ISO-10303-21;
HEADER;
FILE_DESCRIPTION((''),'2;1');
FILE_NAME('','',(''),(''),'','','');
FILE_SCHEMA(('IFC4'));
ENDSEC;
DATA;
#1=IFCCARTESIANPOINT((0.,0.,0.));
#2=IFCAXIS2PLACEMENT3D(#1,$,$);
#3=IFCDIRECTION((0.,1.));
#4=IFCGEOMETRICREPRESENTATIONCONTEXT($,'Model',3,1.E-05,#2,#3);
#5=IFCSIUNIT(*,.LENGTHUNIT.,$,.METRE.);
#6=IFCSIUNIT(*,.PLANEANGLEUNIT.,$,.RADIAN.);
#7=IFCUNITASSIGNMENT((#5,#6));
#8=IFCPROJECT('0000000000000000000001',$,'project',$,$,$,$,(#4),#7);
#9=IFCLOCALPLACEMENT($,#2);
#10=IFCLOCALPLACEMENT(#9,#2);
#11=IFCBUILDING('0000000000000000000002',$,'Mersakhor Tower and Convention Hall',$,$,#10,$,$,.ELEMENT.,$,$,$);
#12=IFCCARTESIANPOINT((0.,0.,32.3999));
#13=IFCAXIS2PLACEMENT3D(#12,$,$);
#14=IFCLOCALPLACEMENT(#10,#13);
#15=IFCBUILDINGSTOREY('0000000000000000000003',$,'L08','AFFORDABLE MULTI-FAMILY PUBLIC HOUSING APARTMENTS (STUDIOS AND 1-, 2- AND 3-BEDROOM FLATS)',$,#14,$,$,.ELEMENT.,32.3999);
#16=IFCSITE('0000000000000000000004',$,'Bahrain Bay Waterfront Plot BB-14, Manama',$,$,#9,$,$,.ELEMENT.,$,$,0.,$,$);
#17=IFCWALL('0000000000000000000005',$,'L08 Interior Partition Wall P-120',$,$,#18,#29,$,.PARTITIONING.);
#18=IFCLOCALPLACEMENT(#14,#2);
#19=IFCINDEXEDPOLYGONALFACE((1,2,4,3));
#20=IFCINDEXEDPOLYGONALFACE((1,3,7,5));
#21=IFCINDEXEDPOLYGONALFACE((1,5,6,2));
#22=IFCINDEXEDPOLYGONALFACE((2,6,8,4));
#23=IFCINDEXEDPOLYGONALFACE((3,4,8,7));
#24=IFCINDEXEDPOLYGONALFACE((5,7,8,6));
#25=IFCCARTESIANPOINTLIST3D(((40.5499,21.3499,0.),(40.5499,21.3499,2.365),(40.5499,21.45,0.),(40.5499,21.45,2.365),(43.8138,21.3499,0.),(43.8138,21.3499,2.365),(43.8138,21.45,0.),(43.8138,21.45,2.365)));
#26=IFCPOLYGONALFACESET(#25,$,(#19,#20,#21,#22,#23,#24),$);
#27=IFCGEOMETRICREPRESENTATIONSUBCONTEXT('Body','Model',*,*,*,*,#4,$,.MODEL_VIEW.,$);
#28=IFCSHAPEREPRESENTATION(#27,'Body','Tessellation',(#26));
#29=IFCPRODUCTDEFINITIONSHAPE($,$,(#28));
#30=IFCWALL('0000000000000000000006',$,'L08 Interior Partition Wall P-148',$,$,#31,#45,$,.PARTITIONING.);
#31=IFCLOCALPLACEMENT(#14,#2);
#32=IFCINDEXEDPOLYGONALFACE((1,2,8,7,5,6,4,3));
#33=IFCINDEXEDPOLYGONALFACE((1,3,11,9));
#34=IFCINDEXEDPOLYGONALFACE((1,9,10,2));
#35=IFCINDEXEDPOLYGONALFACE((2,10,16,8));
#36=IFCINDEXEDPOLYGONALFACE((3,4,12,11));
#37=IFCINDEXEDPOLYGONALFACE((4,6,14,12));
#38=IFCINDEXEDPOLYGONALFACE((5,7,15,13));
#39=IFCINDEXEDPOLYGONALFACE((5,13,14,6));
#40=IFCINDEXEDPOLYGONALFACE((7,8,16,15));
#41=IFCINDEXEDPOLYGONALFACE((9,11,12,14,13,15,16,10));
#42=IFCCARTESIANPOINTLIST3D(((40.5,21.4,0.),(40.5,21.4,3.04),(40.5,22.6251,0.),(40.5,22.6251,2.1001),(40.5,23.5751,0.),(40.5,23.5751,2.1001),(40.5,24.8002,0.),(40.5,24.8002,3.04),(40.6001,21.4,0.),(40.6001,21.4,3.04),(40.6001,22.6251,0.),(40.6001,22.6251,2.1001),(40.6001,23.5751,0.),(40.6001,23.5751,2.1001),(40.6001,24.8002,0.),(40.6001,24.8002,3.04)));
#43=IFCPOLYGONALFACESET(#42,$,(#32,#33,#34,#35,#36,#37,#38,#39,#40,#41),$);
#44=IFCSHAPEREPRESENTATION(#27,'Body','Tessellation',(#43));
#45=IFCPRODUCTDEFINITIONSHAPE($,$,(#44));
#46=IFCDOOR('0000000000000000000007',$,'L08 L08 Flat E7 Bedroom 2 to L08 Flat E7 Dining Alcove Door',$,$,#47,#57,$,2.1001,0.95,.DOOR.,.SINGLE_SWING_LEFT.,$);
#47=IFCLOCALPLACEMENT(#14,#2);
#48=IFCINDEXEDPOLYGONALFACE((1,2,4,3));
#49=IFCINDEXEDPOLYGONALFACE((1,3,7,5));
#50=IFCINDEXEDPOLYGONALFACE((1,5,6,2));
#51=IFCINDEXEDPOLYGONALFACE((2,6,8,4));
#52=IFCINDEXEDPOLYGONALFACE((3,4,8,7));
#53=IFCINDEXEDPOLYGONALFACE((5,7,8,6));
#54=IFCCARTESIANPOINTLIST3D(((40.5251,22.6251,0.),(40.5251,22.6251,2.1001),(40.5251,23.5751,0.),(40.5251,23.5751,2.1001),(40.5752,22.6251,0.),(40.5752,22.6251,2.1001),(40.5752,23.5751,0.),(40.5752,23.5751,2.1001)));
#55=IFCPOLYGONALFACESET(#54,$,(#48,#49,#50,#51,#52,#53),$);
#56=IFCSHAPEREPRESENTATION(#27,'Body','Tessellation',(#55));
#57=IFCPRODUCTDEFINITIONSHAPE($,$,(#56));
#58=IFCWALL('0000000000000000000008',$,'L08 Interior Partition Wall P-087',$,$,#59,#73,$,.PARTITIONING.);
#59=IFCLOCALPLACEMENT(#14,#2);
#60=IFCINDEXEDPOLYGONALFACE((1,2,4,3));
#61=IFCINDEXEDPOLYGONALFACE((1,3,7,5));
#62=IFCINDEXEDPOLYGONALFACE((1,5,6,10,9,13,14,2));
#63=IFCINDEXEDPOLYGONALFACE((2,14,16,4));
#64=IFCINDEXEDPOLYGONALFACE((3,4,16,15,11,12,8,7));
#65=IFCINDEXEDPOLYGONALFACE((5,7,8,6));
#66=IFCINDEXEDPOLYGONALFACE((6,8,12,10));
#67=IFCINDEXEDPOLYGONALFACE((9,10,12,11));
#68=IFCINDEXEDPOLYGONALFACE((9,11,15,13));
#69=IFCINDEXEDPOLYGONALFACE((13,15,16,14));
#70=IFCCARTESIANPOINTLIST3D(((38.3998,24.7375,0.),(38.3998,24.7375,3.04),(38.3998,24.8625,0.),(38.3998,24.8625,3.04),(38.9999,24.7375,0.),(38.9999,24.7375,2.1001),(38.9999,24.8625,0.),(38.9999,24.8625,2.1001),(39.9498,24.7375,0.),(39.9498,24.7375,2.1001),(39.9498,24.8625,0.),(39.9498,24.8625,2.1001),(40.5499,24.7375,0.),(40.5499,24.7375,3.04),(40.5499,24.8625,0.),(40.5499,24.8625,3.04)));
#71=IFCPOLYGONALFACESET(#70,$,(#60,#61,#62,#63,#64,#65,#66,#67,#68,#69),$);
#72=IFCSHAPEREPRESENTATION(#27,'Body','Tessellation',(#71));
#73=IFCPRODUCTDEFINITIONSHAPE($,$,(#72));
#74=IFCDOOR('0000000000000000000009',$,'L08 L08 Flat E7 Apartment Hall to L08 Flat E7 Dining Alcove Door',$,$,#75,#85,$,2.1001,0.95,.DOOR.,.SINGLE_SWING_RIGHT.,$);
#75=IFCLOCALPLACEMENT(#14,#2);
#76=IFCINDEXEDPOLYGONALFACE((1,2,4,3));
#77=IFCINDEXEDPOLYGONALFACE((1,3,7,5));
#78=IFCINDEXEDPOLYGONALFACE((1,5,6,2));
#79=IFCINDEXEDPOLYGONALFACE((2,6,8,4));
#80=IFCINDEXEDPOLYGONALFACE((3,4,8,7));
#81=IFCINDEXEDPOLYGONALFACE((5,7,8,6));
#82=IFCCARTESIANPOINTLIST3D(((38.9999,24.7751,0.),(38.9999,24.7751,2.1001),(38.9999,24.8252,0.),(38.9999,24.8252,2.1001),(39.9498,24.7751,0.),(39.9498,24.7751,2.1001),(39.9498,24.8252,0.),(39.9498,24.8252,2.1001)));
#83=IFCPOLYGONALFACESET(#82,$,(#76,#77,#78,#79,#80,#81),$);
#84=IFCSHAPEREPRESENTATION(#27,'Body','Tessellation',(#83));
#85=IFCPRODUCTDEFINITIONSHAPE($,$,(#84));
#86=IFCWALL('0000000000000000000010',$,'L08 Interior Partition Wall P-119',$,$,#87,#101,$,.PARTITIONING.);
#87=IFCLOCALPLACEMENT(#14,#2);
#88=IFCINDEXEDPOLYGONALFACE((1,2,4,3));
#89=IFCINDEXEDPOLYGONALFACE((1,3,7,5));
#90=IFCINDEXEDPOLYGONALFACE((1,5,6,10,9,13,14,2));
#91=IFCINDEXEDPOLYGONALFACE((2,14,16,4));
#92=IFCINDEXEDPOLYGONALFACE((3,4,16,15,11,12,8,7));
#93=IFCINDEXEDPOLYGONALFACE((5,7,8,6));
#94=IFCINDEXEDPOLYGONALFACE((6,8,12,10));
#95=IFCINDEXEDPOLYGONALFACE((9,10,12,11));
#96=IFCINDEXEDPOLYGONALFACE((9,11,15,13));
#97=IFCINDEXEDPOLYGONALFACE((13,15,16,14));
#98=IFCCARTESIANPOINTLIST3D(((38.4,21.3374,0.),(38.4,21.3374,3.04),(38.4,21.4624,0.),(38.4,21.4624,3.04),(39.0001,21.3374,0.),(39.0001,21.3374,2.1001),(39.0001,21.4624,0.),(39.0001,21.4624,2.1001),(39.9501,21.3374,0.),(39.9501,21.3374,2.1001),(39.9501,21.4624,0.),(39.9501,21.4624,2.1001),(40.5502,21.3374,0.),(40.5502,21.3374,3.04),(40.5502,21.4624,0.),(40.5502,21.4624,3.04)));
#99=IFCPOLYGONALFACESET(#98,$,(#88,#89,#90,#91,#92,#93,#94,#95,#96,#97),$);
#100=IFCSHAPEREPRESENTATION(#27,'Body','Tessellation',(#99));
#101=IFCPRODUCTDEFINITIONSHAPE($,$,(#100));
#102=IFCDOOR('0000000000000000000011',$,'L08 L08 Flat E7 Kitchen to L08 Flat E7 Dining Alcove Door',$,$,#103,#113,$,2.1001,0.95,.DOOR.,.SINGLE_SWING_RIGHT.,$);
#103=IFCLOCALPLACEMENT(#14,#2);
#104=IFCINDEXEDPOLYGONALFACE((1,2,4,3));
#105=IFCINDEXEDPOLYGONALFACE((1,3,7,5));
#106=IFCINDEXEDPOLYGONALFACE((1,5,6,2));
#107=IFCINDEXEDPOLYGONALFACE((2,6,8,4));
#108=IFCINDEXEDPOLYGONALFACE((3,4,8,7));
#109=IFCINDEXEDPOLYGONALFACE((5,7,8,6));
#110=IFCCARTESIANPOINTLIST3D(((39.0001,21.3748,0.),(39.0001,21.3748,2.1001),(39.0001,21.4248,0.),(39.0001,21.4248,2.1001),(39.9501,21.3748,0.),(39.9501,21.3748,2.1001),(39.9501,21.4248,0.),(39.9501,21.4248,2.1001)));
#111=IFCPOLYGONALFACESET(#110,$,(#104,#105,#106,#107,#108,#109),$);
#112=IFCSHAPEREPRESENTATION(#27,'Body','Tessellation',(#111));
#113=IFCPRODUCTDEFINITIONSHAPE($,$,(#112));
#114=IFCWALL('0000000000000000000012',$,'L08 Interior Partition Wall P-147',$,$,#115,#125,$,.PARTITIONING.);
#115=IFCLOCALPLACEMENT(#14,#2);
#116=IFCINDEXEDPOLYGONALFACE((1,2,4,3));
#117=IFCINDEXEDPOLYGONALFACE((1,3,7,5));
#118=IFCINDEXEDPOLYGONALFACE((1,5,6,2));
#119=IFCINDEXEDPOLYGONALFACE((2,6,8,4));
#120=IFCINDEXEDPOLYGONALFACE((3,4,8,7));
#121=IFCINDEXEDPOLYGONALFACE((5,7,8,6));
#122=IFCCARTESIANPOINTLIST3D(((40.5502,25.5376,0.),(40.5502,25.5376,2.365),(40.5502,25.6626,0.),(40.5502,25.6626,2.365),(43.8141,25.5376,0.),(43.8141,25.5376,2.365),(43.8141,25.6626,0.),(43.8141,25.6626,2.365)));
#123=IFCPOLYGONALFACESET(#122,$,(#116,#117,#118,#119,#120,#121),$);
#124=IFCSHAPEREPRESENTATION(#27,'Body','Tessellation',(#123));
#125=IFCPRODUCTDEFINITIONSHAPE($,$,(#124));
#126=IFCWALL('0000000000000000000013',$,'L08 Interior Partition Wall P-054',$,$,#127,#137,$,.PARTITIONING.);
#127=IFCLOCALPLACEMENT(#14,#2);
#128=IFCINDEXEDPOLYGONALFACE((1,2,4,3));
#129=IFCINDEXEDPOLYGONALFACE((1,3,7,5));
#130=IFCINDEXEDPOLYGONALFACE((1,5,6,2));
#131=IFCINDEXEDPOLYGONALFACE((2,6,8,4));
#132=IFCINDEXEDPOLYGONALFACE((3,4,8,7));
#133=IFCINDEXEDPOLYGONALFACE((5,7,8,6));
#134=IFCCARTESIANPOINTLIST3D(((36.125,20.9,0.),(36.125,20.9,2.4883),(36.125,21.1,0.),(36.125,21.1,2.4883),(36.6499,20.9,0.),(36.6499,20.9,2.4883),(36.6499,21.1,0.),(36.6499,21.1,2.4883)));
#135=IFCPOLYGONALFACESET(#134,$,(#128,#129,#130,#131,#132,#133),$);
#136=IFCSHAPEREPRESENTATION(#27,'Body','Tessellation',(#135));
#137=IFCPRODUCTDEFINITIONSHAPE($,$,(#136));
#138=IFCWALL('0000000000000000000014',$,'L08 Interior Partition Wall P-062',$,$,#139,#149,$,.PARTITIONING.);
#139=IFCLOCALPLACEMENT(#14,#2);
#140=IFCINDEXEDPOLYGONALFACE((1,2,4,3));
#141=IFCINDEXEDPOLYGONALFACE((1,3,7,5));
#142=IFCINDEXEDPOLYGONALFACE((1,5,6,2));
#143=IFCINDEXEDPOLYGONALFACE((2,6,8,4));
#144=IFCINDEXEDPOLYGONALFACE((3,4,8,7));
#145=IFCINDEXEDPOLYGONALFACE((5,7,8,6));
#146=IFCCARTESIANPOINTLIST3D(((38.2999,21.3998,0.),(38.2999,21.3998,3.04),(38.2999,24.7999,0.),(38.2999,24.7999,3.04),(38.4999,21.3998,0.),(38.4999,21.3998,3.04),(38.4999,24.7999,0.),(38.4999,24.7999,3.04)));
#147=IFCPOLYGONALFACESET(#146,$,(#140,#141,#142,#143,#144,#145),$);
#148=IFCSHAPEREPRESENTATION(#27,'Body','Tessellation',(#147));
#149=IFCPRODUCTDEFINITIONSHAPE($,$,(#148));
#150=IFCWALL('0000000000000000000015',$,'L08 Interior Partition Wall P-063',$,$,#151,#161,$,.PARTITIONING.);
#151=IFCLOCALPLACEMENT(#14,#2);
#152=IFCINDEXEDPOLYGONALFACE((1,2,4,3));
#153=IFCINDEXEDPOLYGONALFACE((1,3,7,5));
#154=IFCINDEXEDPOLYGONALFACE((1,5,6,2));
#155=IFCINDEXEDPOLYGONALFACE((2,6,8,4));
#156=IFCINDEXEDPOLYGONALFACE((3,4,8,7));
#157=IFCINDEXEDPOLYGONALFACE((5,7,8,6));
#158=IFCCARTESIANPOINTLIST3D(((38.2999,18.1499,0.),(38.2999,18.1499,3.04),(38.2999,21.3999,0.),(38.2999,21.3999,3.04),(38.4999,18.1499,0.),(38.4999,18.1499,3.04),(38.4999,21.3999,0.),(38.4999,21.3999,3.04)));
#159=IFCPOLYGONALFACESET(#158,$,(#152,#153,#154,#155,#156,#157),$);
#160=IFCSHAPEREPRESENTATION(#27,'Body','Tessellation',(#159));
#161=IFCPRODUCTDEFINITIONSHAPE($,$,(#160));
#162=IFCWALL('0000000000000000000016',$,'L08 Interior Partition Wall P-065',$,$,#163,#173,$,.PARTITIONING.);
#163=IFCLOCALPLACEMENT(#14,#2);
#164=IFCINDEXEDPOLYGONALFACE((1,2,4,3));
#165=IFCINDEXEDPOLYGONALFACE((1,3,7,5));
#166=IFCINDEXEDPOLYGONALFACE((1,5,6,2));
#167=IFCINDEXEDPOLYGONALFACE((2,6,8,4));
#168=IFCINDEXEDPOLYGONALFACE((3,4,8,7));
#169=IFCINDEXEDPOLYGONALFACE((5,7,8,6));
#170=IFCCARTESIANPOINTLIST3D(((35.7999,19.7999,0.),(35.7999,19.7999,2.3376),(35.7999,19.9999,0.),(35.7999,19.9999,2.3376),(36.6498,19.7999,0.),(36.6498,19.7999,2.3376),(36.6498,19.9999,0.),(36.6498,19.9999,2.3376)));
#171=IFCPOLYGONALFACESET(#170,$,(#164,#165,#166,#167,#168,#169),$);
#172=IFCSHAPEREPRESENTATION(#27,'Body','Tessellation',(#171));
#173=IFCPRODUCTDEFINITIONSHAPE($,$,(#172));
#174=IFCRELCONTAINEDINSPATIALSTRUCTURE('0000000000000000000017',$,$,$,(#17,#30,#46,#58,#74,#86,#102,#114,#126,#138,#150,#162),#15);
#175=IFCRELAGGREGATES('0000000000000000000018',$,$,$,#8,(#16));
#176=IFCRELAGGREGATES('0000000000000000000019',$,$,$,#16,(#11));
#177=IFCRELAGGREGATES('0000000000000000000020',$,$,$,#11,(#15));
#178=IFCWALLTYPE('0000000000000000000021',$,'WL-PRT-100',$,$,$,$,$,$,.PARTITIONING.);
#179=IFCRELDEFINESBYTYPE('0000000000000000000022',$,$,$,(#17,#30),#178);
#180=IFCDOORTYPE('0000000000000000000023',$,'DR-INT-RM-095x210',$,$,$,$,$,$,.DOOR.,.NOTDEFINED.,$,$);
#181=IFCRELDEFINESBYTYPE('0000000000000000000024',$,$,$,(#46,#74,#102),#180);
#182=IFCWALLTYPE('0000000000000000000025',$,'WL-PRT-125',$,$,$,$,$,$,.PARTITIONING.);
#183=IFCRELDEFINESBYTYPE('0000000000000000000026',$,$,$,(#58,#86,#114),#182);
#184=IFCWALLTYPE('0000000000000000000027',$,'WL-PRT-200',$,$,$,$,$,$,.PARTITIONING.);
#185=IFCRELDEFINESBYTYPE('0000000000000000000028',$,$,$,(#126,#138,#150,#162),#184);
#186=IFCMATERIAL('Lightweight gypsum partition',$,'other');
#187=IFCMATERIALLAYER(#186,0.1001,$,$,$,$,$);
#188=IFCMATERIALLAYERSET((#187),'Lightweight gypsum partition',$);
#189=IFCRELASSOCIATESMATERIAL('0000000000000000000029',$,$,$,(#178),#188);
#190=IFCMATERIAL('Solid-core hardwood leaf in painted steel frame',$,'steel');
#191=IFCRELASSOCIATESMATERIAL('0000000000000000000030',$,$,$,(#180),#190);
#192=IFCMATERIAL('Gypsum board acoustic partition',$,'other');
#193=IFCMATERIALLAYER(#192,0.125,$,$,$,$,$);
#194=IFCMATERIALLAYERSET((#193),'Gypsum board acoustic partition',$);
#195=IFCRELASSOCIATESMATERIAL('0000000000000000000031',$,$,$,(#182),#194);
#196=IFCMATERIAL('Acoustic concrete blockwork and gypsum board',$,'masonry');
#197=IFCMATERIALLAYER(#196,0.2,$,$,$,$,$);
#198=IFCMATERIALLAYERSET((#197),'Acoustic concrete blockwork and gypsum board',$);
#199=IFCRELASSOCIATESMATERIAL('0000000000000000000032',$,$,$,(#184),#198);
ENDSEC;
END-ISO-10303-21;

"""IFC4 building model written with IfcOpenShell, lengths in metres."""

from ifc_helpers import new_model, si_unit, direction, frame, frame_2d, origin, place, context, subcontext, project, spatial, rectangle, extrude, material, layer, layer_set, type_object, element, fill, save


model = new_model("IFC4")

# Units and contexts
model_context = context("Model", 3, precision=1e-05, world=origin(), true_north=direction((0.0, 1.0)))
body_context = subcontext(model_context, "Body", "Model", "MODEL_VIEW")
ifc_project = project(units=[si_unit("LENGTHUNIT", "METRE"), si_unit("PLANEANGLEUNIT", "RADIAN")], contexts=[model_context])

# Site, building, storey
site_placement = place(None, origin())
site = spatial("IfcSite", under=ifc_project, at=site_placement, Name="Bahrain Bay Waterfront Plot BB-14, Manama", CompositionType="ELEMENT", RefElevation=0.0)
building_placement = place(site_placement, origin())
building = spatial("IfcBuilding", under=site, at=building_placement, Name="Mersakhor Tower and Convention Hall", CompositionType="ELEMENT")
storey_placement = place(building_placement, frame((0.0, 0.0, 32.3999)))
storey = spatial("IfcBuildingStorey", under=building, at=storey_placement, Name="L08", Description="AFFORDABLE MULTI-FAMILY PUBLIC HOUSING APARTMENTS (STUDIOS AND 1-, 2- AND 3-BEDROOM FLATS)", CompositionType="ELEMENT", Elevation=32.3999)

# Wall
ifc_material_1 = material(Name="Lightweight gypsum partition", Category="other")
ifc_layer_1 = layer(ifc_material_1, 0.1001)
ifc_layer_set_1 = layer_set([ifc_layer_1], Name="Lightweight gypsum partition")
wall_type_1 = type_object("IfcWallType", Name="WL-PRT-100", PredefinedType="PARTITIONING", material=ifc_layer_set_1)
wall_1_placement = place(storey_placement, frame((40.55, 21.3999, 0.0), z_axis=(0.0, 0.0, 1.0), x_axis=(1.0, 0.0, 0.0)))
element("IfcWall", 1, at=wall_1_placement, inside=storey, type_object=wall_type_1, Name="L08 Interior Partition Wall P-120", PredefinedType="PARTITIONING", context=body_context, shape_type="SweptSolid", body=[
    extrude(rectangle(XDim=3.2639, YDim=0.1001, at=frame_2d((1.6318, 0.0))), origin(), (0.0, 0.0, 1.0), 2.365),
])

# Walls, openings, doors
wall_2_placement = place(storey_placement, frame((40.55, 21.3999, 0.0), z_axis=(0.0, 0.0, 1.0), x_axis=(0.0, 1.0, 0.0)))
wall_2 = element("IfcWall", 2, at=wall_2_placement, inside=storey, type_object=wall_type_1, Name="L08 Interior Partition Wall P-148", PredefinedType="PARTITIONING", context=body_context, shape_type="SweptSolid", body=[
    extrude(rectangle(XDim=3.4001, YDim=0.1001, at=frame_2d((1.7002, 0.0))), origin(), (0.0, 0.0, 1.0), 3.04),
])
opening_1_placement = place(wall_2_placement, frame((1.2251, 0.0, 0.0)))
opening_1 = element("IfcOpeningElement", 3, at=opening_1_placement, cuts=wall_2, PredefinedType="OPENING", context=body_context, shape_type="SweptSolid", body=[
    extrude(rectangle(XDim=0.95, YDim=2.1001, at=frame_2d((0.4751, 1.05))), frame((0.0, 0.0601, 0.0), z_axis=(0.0, -1.0, 0.0), x_axis=(1.0, 0.0, 0.0)), (0.0, 0.0, 1.0), 0.1201),
])
ifc_material_2 = material(Name="Solid-core hardwood leaf in painted steel frame", Category="steel")
door_type = type_object("IfcDoorType", Name="DR-INT-RM-095x210", OperationType="NOTDEFINED", PredefinedType="DOOR", material=ifc_material_2)
door_1_placement = place(opening_1_placement, origin())
door_1 = element("IfcDoor", 4, at=door_1_placement, inside=storey, type_object=door_type, Name="L08 L08 Flat E7 Bedroom 2 to L08 Flat E7 Dining Alcove Door", OperationType="SINGLE_SWING_LEFT", OverallHeight=2.1001, OverallWidth=0.95, PredefinedType="DOOR", context=body_context, shape_type="SweptSolid", body=[
    extrude(rectangle(XDim=0.95, YDim=2.1001, at=frame_2d((0.4751, 1.05))), frame((0.0, 0.0249, 0.0), z_axis=(0.0, -1.0, 0.0), x_axis=(1.0, 0.0, 0.0)), (0.0, 0.0, 1.0), 0.05),
])
fill(opening_1, door_1)
ifc_material_3 = material(Name="Gypsum board acoustic partition", Category="other")
ifc_layer_2 = layer(ifc_material_3, 0.125)
ifc_layer_set_2 = layer_set([ifc_layer_2], Name="Gypsum board acoustic partition")
wall_type_2 = type_object("IfcWallType", Name="WL-PRT-125", PredefinedType="PARTITIONING", material=ifc_layer_set_2)
wall_3_placement = place(storey_placement, frame((40.55, 24.8, 0.0), z_axis=(0.0, 0.0, 1.0), x_axis=(-1.0, 0.0, 0.0)))
wall_3 = element("IfcWall", 5, at=wall_3_placement, inside=storey, type_object=wall_type_2, Name="L08 Interior Partition Wall P-087", PredefinedType="PARTITIONING", context=body_context, shape_type="SweptSolid", body=[
    extrude(rectangle(XDim=2.1501, YDim=0.125, at=frame_2d((1.0752, 0.0))), origin(), (0.0, 0.0, 1.0), 3.04),
])
opening_2_placement = place(wall_3_placement, frame((0.6001, 0.0, 0.0)))
opening_2 = element("IfcOpeningElement", 6, at=opening_2_placement, cuts=wall_3, PredefinedType="OPENING", context=body_context, shape_type="SweptSolid", body=[
    extrude(rectangle(XDim=0.95, YDim=2.1001, at=frame_2d((0.4751, 1.05))), frame((0.0, 0.0725, 0.0), z_axis=(0.0, -1.0, 0.0), x_axis=(1.0, 0.0, 0.0)), (0.0, 0.0, 1.0), 0.145),
])
door_2_placement = place(opening_2_placement, origin())
door_2 = element("IfcDoor", 7, at=door_2_placement, inside=storey, type_object=door_type, Name="L08 L08 Flat E7 Apartment Hall to L08 Flat E7 Dining Alcove Door", OperationType="SINGLE_SWING_RIGHT", OverallHeight=2.1001, OverallWidth=0.95, PredefinedType="DOOR", context=body_context, shape_type="SweptSolid", body=[
    extrude(rectangle(XDim=0.95, YDim=2.1001, at=frame_2d((0.4751, 1.05))), frame((0.0, 0.0249, 0.0), z_axis=(0.0, -1.0, 0.0), x_axis=(1.0, 0.0, 0.0)), (0.0, 0.0, 1.0), 0.05),
])
fill(opening_2, door_2)
wall_4_placement = place(storey_placement, frame((38.3999, 21.3999, 0.0), z_axis=(0.0, 0.0, 1.0), x_axis=(1.0, 0.0, 0.0)))
wall_4 = element("IfcWall", 8, at=wall_4_placement, inside=storey, type_object=wall_type_2, Name="L08 Interior Partition Wall P-119", PredefinedType="PARTITIONING", context=body_context, shape_type="SweptSolid", body=[
    extrude(rectangle(XDim=2.1501, YDim=0.125, at=frame_2d((1.0752, 0.0))), origin(), (0.0, 0.0, 1.0), 3.04),
])
opening_3_placement = place(wall_4_placement, frame((0.6001, 0.0, 0.0)))
opening_3 = element("IfcOpeningElement", 9, at=opening_3_placement, cuts=wall_4, PredefinedType="OPENING", context=body_context, shape_type="SweptSolid", body=[
    extrude(rectangle(XDim=0.95, YDim=2.1001, at=frame_2d((0.4751, 1.05))), frame((0.0, 0.0725, 0.0), z_axis=(0.0, -1.0, 0.0), x_axis=(1.0, 0.0, 0.0)), (0.0, 0.0, 1.0), 0.145),
])
door_3_placement = place(opening_3_placement, origin())
door_3 = element("IfcDoor", 10, at=door_3_placement, inside=storey, type_object=door_type, Name="L08 L08 Flat E7 Kitchen to L08 Flat E7 Dining Alcove Door", OperationType="SINGLE_SWING_RIGHT", OverallHeight=2.1001, OverallWidth=0.95, PredefinedType="DOOR", context=body_context, shape_type="SweptSolid", body=[
    extrude(rectangle(XDim=0.95, YDim=2.1001, at=frame_2d((0.4751, 1.05))), frame((0.0, 0.0249, 0.0), z_axis=(0.0, -1.0, 0.0), x_axis=(1.0, 0.0, 0.0)), (0.0, 0.0, 1.0), 0.05),
])
fill(opening_3, door_3)

# Walls
wall_5_placement = place(storey_placement, frame((43.814, 25.6001, 0.0), z_axis=(0.0, 0.0, 1.0), x_axis=(-1.0, 0.0, 0.0)))
element("IfcWall", 11, at=wall_5_placement, inside=storey, type_object=wall_type_2, Name="L08 Interior Partition Wall P-147", PredefinedType="PARTITIONING", context=body_context, shape_type="SweptSolid", body=[
    extrude(rectangle(XDim=3.2639, YDim=0.125, at=frame_2d((1.6318, 0.0))), origin(), (0.0, 0.0, 1.0), 2.365),
])
ifc_material_4 = material(Name="Acoustic concrete blockwork and gypsum board", Category="masonry")
ifc_layer_3 = layer(ifc_material_4, 0.2)
ifc_layer_set_3 = layer_set([ifc_layer_3], Name="Acoustic concrete blockwork and gypsum board")
wall_type_3 = type_object("IfcWallType", Name="WL-PRT-200", PredefinedType="PARTITIONING", material=ifc_layer_set_3)
wall_6_placement = place(storey_placement, frame((36.6499, 21.0, 0.0), z_axis=(0.0, 0.0, 1.0), x_axis=(-1.0, 0.0, 0.0)))
element("IfcWall", 12, at=wall_6_placement, inside=storey, type_object=wall_type_3, Name="L08 Interior Partition Wall P-054", PredefinedType="PARTITIONING", context=body_context, shape_type="SweptSolid", body=[
    extrude(rectangle(XDim=0.5249, YDim=0.2, at=frame_2d((0.2625, 0.0))), origin(), (0.0, 0.0, 1.0), 2.4883),
])
wall_7_placement = place(storey_placement, frame((38.3999, 24.8, 0.0), z_axis=(0.0, 0.0, 1.0), x_axis=(0.0, -1.0, 0.0)))
element("IfcWall", 13, at=wall_7_placement, inside=storey, type_object=wall_type_3, Name="L08 Interior Partition Wall P-062", PredefinedType="PARTITIONING", context=body_context, shape_type="SweptSolid", body=[
    extrude(rectangle(XDim=3.4001, YDim=0.2, at=frame_2d((1.7002, 0.0))), origin(), (0.0, 0.0, 1.0), 3.04),
])
wall_8_placement = place(storey_placement, frame((38.3999, 21.3999, 0.0), z_axis=(0.0, 0.0, 1.0), x_axis=(0.0, -1.0, 0.0)))
element("IfcWall", 14, at=wall_8_placement, inside=storey, type_object=wall_type_3, Name="L08 Interior Partition Wall P-063", PredefinedType="PARTITIONING", context=body_context, shape_type="SweptSolid", body=[
    extrude(rectangle(XDim=3.25, YDim=0.2, at=frame_2d((1.625, 0.0))), origin(), (0.0, 0.0, 1.0), 3.04),
])
wall_9_placement = place(storey_placement, frame((35.8, 19.8999, 0.0), z_axis=(0.0, 0.0, 1.0), x_axis=(1.0, 0.0, 0.0)))
element("IfcWall", 15, at=wall_9_placement, inside=storey, type_object=wall_type_3, Name="L08 Interior Partition Wall P-065", PredefinedType="PARTITIONING", context=body_context, shape_type="SweptSolid", body=[
    extrude(rectangle(XDim=0.8499, YDim=0.2, at=frame_2d((0.4248, 0.0))), origin(), (0.0, 0.0, 1.0), 2.3376),
])

save(model, "model.ifc")
